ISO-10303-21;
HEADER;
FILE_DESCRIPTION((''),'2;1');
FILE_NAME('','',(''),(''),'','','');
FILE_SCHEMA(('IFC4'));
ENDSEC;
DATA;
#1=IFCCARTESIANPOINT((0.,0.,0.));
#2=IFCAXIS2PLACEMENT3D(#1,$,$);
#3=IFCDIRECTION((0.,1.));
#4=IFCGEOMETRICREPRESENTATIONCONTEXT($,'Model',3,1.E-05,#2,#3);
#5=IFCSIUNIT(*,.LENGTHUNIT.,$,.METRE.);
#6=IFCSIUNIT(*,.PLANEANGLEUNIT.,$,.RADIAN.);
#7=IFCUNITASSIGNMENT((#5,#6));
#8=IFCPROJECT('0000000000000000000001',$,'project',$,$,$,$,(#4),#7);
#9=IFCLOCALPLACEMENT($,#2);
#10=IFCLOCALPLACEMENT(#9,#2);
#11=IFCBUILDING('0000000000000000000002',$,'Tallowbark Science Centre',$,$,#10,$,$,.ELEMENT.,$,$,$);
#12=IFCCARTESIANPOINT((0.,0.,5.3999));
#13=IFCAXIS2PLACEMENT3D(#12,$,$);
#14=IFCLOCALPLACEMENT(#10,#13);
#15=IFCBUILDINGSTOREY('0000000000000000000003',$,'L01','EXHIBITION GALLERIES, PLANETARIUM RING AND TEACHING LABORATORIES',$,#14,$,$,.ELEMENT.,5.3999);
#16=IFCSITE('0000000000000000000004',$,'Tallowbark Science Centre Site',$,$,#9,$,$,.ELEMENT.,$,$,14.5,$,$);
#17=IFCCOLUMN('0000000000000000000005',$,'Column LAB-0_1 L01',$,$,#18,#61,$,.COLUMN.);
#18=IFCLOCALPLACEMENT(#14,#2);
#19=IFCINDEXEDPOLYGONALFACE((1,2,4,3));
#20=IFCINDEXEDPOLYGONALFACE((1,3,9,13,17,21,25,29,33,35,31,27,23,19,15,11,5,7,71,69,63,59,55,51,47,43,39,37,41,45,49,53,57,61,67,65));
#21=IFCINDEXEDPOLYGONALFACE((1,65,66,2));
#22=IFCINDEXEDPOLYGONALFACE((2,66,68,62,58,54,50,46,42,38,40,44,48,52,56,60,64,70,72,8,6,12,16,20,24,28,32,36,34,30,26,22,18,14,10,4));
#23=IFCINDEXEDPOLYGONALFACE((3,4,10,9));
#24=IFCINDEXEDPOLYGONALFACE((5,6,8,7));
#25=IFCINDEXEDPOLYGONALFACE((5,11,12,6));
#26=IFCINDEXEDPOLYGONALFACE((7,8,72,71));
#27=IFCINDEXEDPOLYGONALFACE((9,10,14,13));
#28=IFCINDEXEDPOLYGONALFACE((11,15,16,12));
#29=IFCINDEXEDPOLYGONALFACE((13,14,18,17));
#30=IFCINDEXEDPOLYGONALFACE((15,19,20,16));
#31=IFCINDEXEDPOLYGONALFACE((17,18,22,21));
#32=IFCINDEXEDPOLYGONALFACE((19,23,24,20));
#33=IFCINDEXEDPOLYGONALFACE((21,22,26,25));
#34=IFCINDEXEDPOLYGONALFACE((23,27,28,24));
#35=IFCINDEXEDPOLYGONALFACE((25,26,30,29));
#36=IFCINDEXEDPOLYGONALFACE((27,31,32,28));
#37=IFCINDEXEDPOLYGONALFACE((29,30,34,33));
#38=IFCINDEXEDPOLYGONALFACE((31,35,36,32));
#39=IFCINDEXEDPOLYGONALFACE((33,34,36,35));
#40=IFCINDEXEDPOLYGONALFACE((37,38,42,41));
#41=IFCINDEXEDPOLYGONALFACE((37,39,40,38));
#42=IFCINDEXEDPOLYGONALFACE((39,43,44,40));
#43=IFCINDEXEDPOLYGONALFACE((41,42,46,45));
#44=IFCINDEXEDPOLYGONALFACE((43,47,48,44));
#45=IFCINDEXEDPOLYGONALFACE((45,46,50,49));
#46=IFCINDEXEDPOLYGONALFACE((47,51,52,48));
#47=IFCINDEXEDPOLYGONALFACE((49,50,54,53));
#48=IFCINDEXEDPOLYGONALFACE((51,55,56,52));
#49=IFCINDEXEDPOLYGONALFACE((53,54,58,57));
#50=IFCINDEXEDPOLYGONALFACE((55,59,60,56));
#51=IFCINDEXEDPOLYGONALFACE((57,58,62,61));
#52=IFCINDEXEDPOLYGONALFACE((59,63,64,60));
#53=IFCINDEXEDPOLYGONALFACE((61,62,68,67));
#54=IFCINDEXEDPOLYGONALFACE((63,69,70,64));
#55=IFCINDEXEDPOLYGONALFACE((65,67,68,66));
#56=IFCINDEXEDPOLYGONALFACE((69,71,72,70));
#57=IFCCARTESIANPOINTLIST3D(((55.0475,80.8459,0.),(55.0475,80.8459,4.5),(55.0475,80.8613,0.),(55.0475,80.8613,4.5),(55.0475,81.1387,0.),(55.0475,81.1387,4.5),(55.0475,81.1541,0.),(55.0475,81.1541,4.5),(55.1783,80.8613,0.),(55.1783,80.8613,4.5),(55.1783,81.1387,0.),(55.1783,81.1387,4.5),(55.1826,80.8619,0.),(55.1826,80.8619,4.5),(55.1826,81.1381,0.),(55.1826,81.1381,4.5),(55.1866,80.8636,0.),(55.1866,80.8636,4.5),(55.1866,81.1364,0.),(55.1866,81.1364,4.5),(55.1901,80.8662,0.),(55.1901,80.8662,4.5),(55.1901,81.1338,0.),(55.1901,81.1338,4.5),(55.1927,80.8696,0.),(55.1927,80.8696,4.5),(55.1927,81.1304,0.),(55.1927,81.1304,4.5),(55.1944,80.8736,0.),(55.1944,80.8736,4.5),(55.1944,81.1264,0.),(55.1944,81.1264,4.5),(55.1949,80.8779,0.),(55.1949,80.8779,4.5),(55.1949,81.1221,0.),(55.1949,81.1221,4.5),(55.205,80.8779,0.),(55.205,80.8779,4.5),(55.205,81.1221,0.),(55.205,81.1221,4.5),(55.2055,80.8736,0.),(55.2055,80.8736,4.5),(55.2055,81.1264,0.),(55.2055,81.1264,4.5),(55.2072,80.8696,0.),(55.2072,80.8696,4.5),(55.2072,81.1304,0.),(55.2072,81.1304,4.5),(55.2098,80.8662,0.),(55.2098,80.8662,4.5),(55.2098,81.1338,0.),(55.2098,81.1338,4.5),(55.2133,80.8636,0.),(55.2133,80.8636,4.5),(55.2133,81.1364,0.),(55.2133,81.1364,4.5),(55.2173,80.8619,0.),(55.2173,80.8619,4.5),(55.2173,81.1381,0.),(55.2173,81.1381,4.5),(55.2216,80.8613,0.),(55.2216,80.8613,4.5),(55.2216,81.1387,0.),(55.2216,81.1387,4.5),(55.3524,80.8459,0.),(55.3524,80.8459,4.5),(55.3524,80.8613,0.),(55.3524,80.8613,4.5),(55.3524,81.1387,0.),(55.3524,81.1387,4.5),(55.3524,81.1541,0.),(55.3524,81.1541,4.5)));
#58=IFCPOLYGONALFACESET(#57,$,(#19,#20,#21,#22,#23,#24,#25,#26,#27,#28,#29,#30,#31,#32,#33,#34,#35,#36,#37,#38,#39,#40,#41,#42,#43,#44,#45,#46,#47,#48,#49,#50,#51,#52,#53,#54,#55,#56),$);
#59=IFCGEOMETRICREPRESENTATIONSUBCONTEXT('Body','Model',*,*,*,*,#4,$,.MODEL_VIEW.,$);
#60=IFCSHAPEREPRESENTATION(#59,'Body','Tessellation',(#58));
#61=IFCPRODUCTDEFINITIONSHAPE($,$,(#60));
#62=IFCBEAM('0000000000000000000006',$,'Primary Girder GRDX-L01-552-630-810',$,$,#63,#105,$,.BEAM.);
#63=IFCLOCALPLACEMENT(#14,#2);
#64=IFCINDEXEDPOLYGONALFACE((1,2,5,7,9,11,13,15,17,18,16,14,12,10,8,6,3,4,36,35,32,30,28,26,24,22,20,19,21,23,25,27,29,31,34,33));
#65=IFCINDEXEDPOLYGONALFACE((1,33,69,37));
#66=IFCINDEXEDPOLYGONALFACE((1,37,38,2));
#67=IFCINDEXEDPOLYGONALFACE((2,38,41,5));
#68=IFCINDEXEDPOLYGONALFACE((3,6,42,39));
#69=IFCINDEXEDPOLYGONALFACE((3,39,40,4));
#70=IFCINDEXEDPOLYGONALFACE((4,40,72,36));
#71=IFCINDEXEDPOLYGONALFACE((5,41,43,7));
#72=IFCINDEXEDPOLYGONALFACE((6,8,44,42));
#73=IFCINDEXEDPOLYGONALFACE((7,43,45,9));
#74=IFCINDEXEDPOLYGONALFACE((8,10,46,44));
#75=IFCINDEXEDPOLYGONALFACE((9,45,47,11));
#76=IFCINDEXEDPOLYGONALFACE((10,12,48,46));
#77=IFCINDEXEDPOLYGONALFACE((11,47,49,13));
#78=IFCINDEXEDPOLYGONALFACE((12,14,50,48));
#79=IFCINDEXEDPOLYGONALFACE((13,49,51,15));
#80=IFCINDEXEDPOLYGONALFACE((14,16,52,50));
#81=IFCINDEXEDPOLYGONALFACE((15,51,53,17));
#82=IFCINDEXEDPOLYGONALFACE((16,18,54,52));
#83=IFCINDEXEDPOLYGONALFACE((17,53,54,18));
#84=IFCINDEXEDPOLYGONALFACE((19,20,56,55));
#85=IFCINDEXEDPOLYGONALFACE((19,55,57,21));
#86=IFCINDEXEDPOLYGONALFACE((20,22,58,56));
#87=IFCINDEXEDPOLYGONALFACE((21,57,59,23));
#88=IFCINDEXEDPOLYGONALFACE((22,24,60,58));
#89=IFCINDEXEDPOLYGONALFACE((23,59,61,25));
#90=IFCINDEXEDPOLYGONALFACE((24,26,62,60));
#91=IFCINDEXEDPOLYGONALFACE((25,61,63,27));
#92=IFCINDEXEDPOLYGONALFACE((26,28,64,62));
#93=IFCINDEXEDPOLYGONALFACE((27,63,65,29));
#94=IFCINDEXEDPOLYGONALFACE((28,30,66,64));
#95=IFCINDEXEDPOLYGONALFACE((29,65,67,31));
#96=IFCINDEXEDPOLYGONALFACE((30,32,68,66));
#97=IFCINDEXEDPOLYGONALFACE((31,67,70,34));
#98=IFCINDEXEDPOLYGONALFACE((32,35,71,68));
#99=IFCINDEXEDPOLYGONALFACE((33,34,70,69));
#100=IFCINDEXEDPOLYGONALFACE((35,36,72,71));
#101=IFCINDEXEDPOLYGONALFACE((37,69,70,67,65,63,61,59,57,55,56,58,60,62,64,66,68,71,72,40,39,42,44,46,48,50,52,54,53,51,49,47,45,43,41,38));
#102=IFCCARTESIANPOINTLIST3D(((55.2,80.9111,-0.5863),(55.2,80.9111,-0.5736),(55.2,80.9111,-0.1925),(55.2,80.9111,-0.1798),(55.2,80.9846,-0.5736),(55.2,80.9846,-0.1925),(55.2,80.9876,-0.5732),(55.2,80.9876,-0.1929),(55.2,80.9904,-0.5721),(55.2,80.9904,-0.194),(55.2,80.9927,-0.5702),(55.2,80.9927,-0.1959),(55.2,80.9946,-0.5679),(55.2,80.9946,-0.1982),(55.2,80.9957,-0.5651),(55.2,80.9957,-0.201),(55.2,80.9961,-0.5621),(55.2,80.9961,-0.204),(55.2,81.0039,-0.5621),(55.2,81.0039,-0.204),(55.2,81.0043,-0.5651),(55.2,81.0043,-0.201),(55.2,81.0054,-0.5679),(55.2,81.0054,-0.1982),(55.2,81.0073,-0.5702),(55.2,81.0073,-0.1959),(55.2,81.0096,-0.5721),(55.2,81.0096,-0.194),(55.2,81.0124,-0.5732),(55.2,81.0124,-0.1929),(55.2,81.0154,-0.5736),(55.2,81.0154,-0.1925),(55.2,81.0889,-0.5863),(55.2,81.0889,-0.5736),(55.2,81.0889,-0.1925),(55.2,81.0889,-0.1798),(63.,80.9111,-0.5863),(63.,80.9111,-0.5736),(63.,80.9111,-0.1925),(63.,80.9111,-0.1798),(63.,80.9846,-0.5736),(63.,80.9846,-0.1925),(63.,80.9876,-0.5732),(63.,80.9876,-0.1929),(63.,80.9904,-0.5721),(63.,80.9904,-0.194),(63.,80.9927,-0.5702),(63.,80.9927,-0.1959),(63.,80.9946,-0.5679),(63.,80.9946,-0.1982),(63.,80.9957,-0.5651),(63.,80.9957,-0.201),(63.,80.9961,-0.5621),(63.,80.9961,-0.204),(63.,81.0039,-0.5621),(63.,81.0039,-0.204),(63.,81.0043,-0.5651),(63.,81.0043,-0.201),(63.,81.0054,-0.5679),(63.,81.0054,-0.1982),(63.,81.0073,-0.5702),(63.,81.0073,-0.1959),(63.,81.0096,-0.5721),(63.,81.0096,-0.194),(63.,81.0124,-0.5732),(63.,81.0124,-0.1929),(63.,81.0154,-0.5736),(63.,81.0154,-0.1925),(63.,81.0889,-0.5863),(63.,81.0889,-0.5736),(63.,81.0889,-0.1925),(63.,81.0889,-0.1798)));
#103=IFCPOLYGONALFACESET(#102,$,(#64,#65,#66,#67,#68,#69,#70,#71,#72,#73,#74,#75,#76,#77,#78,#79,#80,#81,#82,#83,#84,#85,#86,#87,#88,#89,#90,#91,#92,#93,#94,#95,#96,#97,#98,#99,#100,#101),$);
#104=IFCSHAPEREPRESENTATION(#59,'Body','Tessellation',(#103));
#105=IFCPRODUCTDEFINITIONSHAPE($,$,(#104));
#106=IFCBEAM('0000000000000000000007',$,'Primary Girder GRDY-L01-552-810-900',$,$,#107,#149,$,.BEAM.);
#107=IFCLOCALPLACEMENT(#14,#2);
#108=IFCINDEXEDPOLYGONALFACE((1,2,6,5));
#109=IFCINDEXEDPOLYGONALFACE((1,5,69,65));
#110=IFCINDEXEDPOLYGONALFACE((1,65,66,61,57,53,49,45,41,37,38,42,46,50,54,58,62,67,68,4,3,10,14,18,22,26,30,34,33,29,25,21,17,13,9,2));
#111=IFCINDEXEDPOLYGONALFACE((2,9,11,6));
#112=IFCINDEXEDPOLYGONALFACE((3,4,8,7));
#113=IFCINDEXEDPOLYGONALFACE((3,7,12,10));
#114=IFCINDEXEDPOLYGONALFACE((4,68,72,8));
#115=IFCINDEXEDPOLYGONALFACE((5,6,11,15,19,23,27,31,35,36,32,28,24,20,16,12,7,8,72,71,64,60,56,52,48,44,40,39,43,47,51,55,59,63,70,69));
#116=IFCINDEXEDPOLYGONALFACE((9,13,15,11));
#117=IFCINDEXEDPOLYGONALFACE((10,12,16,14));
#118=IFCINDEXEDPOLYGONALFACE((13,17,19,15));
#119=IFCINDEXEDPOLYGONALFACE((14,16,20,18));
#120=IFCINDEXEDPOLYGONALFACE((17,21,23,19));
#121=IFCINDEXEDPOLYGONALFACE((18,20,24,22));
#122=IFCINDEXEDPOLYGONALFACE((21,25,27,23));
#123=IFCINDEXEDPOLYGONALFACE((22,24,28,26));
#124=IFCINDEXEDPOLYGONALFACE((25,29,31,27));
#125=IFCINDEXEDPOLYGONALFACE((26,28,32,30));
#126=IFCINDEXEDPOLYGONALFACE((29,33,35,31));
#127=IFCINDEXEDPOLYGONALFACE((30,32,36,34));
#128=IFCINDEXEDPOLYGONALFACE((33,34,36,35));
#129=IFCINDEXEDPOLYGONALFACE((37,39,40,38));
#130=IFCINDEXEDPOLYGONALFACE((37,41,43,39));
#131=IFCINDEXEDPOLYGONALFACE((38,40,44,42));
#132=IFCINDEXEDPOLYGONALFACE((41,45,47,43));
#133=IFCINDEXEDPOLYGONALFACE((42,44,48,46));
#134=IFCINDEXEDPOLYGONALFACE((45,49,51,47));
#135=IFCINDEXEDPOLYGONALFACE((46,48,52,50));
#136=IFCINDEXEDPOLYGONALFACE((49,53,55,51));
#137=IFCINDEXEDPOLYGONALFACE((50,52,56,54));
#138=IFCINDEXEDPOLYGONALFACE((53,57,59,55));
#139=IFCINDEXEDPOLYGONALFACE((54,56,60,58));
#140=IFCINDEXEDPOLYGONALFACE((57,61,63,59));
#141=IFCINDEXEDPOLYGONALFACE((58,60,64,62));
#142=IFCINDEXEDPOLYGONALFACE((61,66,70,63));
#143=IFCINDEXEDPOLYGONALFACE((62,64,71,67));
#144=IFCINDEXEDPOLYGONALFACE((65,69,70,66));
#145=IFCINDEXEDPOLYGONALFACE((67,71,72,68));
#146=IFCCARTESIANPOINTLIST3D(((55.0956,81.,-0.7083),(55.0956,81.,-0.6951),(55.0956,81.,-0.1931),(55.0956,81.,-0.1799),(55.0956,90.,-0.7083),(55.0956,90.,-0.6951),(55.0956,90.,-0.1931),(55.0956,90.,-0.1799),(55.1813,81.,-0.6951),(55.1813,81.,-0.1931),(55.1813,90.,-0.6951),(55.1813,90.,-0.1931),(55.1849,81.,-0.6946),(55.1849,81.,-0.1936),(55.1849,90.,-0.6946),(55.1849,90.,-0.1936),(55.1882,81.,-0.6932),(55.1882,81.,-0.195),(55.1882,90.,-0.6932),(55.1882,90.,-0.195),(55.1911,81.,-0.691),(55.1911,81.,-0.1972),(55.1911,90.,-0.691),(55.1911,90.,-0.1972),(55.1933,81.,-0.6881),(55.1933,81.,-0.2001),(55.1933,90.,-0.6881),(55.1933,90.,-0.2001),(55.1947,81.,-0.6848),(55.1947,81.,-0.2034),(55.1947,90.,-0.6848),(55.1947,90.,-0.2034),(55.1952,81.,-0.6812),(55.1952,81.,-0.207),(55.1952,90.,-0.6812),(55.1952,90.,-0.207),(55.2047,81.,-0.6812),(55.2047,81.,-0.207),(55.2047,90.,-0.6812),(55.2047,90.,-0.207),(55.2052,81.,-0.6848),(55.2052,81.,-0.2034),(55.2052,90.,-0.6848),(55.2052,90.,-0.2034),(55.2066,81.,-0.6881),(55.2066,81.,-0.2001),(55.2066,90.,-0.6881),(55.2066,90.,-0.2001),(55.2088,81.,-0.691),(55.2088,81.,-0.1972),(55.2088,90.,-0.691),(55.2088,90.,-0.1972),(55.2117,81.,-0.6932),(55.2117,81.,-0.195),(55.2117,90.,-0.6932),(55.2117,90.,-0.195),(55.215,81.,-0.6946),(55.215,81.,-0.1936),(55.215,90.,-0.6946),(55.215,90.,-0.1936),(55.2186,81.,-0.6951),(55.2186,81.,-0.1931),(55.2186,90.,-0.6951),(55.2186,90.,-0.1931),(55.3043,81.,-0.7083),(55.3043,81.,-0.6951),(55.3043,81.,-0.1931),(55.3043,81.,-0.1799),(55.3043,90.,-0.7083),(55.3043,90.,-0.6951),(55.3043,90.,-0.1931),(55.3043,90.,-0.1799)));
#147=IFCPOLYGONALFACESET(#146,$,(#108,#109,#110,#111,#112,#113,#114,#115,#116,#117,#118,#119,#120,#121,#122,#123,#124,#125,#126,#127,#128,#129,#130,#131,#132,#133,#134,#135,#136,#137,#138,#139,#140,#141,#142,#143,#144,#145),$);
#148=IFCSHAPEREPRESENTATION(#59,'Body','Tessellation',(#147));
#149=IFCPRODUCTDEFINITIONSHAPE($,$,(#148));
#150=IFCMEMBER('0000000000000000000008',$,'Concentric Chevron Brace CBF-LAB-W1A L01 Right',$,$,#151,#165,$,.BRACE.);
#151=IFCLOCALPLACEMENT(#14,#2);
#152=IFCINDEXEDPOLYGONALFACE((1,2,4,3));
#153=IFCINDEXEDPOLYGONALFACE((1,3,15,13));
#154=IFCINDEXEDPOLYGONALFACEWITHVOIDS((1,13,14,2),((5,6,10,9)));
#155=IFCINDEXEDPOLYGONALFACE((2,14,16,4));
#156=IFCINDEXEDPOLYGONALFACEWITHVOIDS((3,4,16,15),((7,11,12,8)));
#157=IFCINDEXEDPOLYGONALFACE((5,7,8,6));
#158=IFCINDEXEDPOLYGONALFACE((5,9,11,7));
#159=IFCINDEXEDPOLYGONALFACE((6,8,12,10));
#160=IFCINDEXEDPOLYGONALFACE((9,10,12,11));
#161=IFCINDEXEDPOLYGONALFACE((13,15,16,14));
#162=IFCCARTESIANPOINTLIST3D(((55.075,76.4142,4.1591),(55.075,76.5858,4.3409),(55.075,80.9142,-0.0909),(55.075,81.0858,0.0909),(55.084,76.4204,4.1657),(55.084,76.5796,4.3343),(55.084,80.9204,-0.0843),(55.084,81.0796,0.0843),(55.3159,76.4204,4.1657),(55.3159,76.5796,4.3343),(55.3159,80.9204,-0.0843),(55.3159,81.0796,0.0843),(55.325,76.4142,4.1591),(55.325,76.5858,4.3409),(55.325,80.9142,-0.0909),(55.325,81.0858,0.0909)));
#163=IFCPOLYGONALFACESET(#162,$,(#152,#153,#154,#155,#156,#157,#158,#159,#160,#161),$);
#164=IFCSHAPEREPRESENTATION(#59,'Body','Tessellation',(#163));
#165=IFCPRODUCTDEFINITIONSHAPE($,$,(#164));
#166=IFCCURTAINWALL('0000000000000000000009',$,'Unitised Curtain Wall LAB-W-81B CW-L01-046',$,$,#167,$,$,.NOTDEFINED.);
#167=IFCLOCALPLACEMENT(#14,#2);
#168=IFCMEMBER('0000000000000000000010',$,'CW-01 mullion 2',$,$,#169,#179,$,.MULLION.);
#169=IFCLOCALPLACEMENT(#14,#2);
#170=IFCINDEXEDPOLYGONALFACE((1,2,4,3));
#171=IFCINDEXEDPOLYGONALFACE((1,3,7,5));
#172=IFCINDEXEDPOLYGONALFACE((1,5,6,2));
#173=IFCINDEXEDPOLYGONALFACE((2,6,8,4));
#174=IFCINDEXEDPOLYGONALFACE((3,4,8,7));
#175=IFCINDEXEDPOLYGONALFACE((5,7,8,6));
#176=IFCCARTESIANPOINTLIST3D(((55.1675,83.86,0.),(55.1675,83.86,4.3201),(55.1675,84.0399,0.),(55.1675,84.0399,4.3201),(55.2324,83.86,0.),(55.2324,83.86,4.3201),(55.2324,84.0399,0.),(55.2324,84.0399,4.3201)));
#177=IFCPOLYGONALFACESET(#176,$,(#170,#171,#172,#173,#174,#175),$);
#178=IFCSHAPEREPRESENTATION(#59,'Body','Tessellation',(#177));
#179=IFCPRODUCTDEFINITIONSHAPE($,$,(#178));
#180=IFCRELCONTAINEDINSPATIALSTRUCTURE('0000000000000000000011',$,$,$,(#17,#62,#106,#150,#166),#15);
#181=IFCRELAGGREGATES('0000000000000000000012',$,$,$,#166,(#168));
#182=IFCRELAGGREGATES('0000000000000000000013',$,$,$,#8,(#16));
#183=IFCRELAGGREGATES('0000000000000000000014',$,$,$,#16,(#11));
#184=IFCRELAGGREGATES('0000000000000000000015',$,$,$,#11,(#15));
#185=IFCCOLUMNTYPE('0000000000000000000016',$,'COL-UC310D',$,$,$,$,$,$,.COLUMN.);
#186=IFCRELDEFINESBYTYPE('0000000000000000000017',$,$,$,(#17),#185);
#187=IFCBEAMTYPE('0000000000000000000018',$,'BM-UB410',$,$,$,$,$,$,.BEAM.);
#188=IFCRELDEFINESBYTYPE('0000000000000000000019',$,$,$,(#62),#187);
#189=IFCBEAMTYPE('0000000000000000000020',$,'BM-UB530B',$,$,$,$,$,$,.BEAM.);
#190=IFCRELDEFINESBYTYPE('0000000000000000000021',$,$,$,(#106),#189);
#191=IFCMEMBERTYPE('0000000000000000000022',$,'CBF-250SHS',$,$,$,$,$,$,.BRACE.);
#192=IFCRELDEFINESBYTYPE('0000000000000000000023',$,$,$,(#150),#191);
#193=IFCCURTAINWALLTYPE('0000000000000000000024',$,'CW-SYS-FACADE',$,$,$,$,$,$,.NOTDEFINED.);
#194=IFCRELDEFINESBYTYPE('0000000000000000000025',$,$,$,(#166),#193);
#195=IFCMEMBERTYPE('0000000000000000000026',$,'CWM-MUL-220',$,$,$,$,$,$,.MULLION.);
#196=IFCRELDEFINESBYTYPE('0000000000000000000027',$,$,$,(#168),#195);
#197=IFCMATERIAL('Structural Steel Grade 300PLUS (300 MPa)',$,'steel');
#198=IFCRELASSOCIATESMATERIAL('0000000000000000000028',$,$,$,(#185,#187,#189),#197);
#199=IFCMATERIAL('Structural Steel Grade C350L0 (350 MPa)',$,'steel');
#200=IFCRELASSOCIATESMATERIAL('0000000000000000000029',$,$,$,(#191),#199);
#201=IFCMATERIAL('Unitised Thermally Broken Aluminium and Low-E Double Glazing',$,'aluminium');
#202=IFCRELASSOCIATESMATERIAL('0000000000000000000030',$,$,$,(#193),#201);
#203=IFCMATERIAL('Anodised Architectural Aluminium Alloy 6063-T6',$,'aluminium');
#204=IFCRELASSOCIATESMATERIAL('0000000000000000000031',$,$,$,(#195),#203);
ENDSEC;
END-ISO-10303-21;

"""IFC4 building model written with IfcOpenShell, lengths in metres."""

from ifc_helpers import new_model, si_unit, direction, frame, origin, origin_2d, place, context, subcontext, project, spatial, rectangle, hollow_rectangle, i_section, extrude, material, material_profile, profile_set, type_object, element, aggregate, save


model = new_model("IFC4")

# Units and contexts
model_context = context("Model", 3, precision=1e-05, world=origin(), true_north=direction((0.0, 1.0)))
body_context = subcontext(model_context, "Body", "Model", "MODEL_VIEW")
ifc_project = project(units=[si_unit("LENGTHUNIT", "METRE"), si_unit("PLANEANGLEUNIT", "RADIAN")], contexts=[model_context])

# Site, building, storey
site_placement = place(None, origin())
site = spatial("IfcSite", under=ifc_project, at=site_placement, Name="Tallowbark Science Centre Site", CompositionType="ELEMENT", RefElevation=14.5)
building_placement = place(site_placement, origin())
building = spatial("IfcBuilding", under=site, at=building_placement, Name="Tallowbark Science Centre", CompositionType="ELEMENT")
storey_placement = place(building_placement, frame((0.0, 0.0, 5.3999)))
storey = spatial("IfcBuildingStorey", under=building, at=storey_placement, Name="L01", Description="EXHIBITION GALLERIES, PLANETARIUM RING AND TEACHING LABORATORIES", CompositionType="ELEMENT", Elevation=5.3999)

# Column
ifc_material_1 = material(Name="Structural Steel Grade 300PLUS (300 MPa)", Category="steel")
ifc_material_profile_1 = material_profile(ifc_material_1, i_section(OverallWidth=0.3049, OverallDepth=0.3081, WebThickness=0.01, FlangeThickness=0.0154, FilletRadius=0.0166, at=origin_2d()), Name="310UC96.8")
ifc_profile_set_1 = profile_set([ifc_material_profile_1], Name="Structural Steel Grade 300PLUS (300 MPa)")
column_type = type_object("IfcColumnType", Name="COL-UC310D", PredefinedType="COLUMN", material=ifc_profile_set_1)
column_placement = place(storey_placement, frame((55.2, 81.0, 0.0), z_axis=(0.0, 0.0, 1.0), x_axis=(1.0, 0.0, 0.0)))
element("IfcColumn", 1, at=column_placement, inside=storey, type_object=column_type, Name="Column LAB-0_1 L01", PredefinedType="COLUMN", context=body_context, shape_type="SweptSolid", body=[
    extrude(i_section(OverallWidth=0.3049, OverallDepth=0.3081, WebThickness=0.01, FlangeThickness=0.0154, FilletRadius=0.0166, at=origin_2d()), origin(), (0.0, 0.0, 1.0), 4.5),
])

# Beams
ifc_material_profile_2 = material_profile(ifc_material_1, i_section(OverallWidth=0.1777, OverallDepth=0.4065, WebThickness=0.0078, FlangeThickness=0.0127, FilletRadius=0.0115, at=origin_2d()), Name="410UB59.7")
ifc_profile_set_2 = profile_set([ifc_material_profile_2], Name="Structural Steel Grade 300PLUS (300 MPa)")
beam_type_1 = type_object("IfcBeamType", Name="BM-UB410", PredefinedType="BEAM", material=ifc_profile_set_2)
beam_1_placement = place(storey_placement, frame((55.2, 81.0, -0.3831), z_axis=(1.0, 0.0, 0.0), x_axis=(0.0, 1.0, 0.0)))
element("IfcBeam", 2, at=beam_1_placement, inside=storey, type_object=beam_type_1, Name="Primary Girder GRDX-L01-552-630-810", PredefinedType="BEAM", context=body_context, shape_type="SweptSolid", body=[
    extrude(i_section(OverallWidth=0.1777, OverallDepth=0.4065, WebThickness=0.0078, FlangeThickness=0.0127, FilletRadius=0.0115, at=origin_2d()), origin(), (0.0, 0.0, 1.0), 7.8),
])
ifc_material_profile_3 = material_profile(ifc_material_1, i_section(OverallWidth=0.2087, OverallDepth=0.5283, WebThickness=0.0095, FlangeThickness=0.0132, FilletRadius=0.0139, at=origin_2d()), Name="530UB82.0")
ifc_profile_set_3 = profile_set([ifc_material_profile_3], Name="Structural Steel Grade 300PLUS (300 MPa)")
beam_type_2 = type_object("IfcBeamType", Name="BM-UB530B", PredefinedType="BEAM", material=ifc_profile_set_3)
beam_2_placement = place(storey_placement, frame((55.2, 81.0, -0.4441), z_axis=(0.0, 1.0, 0.0), x_axis=(-1.0, 0.0, 0.0)))
element("IfcBeam", 3, at=beam_2_placement, inside=storey, type_object=beam_type_2, Name="Primary Girder GRDY-L01-552-810-900", PredefinedType="BEAM", context=body_context, shape_type="SweptSolid", body=[
    extrude(i_section(OverallWidth=0.2087, OverallDepth=0.5283, WebThickness=0.0095, FlangeThickness=0.0132, FilletRadius=0.0139, at=origin_2d()), origin(), (0.0, 0.0, 1.0), 9.0),
])

# Member
ifc_material_2 = material(Name="Structural Steel Grade C350L0 (350 MPa)", Category="steel")
ifc_material_profile_4 = material_profile(ifc_material_2, hollow_rectangle(XDim=0.25, YDim=0.25, WallThickness=0.009, at=origin_2d()), Name="250x250x9.0SHS")
ifc_profile_set_4 = profile_set([ifc_material_profile_4], Name="Structural Steel Grade C350L0 (350 MPa)")
member_type_1 = type_object("IfcMemberType", Name="CBF-250SHS", PredefinedType="BRACE", material=ifc_profile_set_4)
member_1_placement = place(storey_placement, frame((55.2, 81.0, 0.0), z_axis=(0.0, -0.727013, 0.686624), x_axis=(1.0, 0.0, 0.0)))
element("IfcMember", 4, at=member_1_placement, inside=storey, type_object=member_type_1, Name="Concentric Chevron Brace CBF-LAB-W1A L01 Right", PredefinedType="BRACE", context=body_context, shape_type="SweptSolid", body=[
    extrude(hollow_rectangle(XDim=0.25, YDim=0.25, WallThickness=0.009, at=origin_2d()), origin(), (0.0, 0.0, 1.0), 6.1897),
])

# Curtain wall, member
ifc_material_3 = material(Name="Unitised Thermally Broken Aluminium and Low-E Double Glazing", Category="aluminium")
curtain_wall_type = type_object("IfcCurtainWallType", Name="CW-SYS-FACADE", PredefinedType="NOTDEFINED", material=ifc_material_3)
curtain_wall_placement = place(storey_placement, origin())
curtain_wall = element("IfcCurtainWall", 5, at=curtain_wall_placement, inside=storey, type_object=curtain_wall_type, Name="Unitised Curtain Wall LAB-W-81B CW-L01-046", PredefinedType="NOTDEFINED")
ifc_material_4 = material(Name="Anodised Architectural Aluminium Alloy 6063-T6", Category="aluminium")
ifc_material_profile_5 = material_profile(ifc_material_4, rectangle(XDim=0.0649, YDim=0.1799, at=origin_2d()), Name="ALU65x180")
ifc_profile_set_5 = profile_set([ifc_material_profile_5], Name="Anodised Architectural Aluminium Alloy 6063-T6")
member_type_2 = type_object("IfcMemberType", Name="CWM-MUL-220", PredefinedType="MULLION", material=ifc_profile_set_5)
member_2_placement = place(storey_placement, frame((55.2, 83.95, 0.0), z_axis=(0.0, 0.0, 1.0), x_axis=(1.0, 0.0, 0.0)))
member_2 = element("IfcMember", 6, at=member_2_placement, type_object=member_type_2, Name="CW-01 mullion 2", PredefinedType="MULLION", context=body_context, shape_type="SweptSolid", body=[
    extrude(rectangle(XDim=0.0649, YDim=0.1799, at=origin_2d()), origin(), (0.0, 0.0, 1.0), 4.3201),
])
aggregate(curtain_wall, [member_2])

save(model, "model.ifc")
